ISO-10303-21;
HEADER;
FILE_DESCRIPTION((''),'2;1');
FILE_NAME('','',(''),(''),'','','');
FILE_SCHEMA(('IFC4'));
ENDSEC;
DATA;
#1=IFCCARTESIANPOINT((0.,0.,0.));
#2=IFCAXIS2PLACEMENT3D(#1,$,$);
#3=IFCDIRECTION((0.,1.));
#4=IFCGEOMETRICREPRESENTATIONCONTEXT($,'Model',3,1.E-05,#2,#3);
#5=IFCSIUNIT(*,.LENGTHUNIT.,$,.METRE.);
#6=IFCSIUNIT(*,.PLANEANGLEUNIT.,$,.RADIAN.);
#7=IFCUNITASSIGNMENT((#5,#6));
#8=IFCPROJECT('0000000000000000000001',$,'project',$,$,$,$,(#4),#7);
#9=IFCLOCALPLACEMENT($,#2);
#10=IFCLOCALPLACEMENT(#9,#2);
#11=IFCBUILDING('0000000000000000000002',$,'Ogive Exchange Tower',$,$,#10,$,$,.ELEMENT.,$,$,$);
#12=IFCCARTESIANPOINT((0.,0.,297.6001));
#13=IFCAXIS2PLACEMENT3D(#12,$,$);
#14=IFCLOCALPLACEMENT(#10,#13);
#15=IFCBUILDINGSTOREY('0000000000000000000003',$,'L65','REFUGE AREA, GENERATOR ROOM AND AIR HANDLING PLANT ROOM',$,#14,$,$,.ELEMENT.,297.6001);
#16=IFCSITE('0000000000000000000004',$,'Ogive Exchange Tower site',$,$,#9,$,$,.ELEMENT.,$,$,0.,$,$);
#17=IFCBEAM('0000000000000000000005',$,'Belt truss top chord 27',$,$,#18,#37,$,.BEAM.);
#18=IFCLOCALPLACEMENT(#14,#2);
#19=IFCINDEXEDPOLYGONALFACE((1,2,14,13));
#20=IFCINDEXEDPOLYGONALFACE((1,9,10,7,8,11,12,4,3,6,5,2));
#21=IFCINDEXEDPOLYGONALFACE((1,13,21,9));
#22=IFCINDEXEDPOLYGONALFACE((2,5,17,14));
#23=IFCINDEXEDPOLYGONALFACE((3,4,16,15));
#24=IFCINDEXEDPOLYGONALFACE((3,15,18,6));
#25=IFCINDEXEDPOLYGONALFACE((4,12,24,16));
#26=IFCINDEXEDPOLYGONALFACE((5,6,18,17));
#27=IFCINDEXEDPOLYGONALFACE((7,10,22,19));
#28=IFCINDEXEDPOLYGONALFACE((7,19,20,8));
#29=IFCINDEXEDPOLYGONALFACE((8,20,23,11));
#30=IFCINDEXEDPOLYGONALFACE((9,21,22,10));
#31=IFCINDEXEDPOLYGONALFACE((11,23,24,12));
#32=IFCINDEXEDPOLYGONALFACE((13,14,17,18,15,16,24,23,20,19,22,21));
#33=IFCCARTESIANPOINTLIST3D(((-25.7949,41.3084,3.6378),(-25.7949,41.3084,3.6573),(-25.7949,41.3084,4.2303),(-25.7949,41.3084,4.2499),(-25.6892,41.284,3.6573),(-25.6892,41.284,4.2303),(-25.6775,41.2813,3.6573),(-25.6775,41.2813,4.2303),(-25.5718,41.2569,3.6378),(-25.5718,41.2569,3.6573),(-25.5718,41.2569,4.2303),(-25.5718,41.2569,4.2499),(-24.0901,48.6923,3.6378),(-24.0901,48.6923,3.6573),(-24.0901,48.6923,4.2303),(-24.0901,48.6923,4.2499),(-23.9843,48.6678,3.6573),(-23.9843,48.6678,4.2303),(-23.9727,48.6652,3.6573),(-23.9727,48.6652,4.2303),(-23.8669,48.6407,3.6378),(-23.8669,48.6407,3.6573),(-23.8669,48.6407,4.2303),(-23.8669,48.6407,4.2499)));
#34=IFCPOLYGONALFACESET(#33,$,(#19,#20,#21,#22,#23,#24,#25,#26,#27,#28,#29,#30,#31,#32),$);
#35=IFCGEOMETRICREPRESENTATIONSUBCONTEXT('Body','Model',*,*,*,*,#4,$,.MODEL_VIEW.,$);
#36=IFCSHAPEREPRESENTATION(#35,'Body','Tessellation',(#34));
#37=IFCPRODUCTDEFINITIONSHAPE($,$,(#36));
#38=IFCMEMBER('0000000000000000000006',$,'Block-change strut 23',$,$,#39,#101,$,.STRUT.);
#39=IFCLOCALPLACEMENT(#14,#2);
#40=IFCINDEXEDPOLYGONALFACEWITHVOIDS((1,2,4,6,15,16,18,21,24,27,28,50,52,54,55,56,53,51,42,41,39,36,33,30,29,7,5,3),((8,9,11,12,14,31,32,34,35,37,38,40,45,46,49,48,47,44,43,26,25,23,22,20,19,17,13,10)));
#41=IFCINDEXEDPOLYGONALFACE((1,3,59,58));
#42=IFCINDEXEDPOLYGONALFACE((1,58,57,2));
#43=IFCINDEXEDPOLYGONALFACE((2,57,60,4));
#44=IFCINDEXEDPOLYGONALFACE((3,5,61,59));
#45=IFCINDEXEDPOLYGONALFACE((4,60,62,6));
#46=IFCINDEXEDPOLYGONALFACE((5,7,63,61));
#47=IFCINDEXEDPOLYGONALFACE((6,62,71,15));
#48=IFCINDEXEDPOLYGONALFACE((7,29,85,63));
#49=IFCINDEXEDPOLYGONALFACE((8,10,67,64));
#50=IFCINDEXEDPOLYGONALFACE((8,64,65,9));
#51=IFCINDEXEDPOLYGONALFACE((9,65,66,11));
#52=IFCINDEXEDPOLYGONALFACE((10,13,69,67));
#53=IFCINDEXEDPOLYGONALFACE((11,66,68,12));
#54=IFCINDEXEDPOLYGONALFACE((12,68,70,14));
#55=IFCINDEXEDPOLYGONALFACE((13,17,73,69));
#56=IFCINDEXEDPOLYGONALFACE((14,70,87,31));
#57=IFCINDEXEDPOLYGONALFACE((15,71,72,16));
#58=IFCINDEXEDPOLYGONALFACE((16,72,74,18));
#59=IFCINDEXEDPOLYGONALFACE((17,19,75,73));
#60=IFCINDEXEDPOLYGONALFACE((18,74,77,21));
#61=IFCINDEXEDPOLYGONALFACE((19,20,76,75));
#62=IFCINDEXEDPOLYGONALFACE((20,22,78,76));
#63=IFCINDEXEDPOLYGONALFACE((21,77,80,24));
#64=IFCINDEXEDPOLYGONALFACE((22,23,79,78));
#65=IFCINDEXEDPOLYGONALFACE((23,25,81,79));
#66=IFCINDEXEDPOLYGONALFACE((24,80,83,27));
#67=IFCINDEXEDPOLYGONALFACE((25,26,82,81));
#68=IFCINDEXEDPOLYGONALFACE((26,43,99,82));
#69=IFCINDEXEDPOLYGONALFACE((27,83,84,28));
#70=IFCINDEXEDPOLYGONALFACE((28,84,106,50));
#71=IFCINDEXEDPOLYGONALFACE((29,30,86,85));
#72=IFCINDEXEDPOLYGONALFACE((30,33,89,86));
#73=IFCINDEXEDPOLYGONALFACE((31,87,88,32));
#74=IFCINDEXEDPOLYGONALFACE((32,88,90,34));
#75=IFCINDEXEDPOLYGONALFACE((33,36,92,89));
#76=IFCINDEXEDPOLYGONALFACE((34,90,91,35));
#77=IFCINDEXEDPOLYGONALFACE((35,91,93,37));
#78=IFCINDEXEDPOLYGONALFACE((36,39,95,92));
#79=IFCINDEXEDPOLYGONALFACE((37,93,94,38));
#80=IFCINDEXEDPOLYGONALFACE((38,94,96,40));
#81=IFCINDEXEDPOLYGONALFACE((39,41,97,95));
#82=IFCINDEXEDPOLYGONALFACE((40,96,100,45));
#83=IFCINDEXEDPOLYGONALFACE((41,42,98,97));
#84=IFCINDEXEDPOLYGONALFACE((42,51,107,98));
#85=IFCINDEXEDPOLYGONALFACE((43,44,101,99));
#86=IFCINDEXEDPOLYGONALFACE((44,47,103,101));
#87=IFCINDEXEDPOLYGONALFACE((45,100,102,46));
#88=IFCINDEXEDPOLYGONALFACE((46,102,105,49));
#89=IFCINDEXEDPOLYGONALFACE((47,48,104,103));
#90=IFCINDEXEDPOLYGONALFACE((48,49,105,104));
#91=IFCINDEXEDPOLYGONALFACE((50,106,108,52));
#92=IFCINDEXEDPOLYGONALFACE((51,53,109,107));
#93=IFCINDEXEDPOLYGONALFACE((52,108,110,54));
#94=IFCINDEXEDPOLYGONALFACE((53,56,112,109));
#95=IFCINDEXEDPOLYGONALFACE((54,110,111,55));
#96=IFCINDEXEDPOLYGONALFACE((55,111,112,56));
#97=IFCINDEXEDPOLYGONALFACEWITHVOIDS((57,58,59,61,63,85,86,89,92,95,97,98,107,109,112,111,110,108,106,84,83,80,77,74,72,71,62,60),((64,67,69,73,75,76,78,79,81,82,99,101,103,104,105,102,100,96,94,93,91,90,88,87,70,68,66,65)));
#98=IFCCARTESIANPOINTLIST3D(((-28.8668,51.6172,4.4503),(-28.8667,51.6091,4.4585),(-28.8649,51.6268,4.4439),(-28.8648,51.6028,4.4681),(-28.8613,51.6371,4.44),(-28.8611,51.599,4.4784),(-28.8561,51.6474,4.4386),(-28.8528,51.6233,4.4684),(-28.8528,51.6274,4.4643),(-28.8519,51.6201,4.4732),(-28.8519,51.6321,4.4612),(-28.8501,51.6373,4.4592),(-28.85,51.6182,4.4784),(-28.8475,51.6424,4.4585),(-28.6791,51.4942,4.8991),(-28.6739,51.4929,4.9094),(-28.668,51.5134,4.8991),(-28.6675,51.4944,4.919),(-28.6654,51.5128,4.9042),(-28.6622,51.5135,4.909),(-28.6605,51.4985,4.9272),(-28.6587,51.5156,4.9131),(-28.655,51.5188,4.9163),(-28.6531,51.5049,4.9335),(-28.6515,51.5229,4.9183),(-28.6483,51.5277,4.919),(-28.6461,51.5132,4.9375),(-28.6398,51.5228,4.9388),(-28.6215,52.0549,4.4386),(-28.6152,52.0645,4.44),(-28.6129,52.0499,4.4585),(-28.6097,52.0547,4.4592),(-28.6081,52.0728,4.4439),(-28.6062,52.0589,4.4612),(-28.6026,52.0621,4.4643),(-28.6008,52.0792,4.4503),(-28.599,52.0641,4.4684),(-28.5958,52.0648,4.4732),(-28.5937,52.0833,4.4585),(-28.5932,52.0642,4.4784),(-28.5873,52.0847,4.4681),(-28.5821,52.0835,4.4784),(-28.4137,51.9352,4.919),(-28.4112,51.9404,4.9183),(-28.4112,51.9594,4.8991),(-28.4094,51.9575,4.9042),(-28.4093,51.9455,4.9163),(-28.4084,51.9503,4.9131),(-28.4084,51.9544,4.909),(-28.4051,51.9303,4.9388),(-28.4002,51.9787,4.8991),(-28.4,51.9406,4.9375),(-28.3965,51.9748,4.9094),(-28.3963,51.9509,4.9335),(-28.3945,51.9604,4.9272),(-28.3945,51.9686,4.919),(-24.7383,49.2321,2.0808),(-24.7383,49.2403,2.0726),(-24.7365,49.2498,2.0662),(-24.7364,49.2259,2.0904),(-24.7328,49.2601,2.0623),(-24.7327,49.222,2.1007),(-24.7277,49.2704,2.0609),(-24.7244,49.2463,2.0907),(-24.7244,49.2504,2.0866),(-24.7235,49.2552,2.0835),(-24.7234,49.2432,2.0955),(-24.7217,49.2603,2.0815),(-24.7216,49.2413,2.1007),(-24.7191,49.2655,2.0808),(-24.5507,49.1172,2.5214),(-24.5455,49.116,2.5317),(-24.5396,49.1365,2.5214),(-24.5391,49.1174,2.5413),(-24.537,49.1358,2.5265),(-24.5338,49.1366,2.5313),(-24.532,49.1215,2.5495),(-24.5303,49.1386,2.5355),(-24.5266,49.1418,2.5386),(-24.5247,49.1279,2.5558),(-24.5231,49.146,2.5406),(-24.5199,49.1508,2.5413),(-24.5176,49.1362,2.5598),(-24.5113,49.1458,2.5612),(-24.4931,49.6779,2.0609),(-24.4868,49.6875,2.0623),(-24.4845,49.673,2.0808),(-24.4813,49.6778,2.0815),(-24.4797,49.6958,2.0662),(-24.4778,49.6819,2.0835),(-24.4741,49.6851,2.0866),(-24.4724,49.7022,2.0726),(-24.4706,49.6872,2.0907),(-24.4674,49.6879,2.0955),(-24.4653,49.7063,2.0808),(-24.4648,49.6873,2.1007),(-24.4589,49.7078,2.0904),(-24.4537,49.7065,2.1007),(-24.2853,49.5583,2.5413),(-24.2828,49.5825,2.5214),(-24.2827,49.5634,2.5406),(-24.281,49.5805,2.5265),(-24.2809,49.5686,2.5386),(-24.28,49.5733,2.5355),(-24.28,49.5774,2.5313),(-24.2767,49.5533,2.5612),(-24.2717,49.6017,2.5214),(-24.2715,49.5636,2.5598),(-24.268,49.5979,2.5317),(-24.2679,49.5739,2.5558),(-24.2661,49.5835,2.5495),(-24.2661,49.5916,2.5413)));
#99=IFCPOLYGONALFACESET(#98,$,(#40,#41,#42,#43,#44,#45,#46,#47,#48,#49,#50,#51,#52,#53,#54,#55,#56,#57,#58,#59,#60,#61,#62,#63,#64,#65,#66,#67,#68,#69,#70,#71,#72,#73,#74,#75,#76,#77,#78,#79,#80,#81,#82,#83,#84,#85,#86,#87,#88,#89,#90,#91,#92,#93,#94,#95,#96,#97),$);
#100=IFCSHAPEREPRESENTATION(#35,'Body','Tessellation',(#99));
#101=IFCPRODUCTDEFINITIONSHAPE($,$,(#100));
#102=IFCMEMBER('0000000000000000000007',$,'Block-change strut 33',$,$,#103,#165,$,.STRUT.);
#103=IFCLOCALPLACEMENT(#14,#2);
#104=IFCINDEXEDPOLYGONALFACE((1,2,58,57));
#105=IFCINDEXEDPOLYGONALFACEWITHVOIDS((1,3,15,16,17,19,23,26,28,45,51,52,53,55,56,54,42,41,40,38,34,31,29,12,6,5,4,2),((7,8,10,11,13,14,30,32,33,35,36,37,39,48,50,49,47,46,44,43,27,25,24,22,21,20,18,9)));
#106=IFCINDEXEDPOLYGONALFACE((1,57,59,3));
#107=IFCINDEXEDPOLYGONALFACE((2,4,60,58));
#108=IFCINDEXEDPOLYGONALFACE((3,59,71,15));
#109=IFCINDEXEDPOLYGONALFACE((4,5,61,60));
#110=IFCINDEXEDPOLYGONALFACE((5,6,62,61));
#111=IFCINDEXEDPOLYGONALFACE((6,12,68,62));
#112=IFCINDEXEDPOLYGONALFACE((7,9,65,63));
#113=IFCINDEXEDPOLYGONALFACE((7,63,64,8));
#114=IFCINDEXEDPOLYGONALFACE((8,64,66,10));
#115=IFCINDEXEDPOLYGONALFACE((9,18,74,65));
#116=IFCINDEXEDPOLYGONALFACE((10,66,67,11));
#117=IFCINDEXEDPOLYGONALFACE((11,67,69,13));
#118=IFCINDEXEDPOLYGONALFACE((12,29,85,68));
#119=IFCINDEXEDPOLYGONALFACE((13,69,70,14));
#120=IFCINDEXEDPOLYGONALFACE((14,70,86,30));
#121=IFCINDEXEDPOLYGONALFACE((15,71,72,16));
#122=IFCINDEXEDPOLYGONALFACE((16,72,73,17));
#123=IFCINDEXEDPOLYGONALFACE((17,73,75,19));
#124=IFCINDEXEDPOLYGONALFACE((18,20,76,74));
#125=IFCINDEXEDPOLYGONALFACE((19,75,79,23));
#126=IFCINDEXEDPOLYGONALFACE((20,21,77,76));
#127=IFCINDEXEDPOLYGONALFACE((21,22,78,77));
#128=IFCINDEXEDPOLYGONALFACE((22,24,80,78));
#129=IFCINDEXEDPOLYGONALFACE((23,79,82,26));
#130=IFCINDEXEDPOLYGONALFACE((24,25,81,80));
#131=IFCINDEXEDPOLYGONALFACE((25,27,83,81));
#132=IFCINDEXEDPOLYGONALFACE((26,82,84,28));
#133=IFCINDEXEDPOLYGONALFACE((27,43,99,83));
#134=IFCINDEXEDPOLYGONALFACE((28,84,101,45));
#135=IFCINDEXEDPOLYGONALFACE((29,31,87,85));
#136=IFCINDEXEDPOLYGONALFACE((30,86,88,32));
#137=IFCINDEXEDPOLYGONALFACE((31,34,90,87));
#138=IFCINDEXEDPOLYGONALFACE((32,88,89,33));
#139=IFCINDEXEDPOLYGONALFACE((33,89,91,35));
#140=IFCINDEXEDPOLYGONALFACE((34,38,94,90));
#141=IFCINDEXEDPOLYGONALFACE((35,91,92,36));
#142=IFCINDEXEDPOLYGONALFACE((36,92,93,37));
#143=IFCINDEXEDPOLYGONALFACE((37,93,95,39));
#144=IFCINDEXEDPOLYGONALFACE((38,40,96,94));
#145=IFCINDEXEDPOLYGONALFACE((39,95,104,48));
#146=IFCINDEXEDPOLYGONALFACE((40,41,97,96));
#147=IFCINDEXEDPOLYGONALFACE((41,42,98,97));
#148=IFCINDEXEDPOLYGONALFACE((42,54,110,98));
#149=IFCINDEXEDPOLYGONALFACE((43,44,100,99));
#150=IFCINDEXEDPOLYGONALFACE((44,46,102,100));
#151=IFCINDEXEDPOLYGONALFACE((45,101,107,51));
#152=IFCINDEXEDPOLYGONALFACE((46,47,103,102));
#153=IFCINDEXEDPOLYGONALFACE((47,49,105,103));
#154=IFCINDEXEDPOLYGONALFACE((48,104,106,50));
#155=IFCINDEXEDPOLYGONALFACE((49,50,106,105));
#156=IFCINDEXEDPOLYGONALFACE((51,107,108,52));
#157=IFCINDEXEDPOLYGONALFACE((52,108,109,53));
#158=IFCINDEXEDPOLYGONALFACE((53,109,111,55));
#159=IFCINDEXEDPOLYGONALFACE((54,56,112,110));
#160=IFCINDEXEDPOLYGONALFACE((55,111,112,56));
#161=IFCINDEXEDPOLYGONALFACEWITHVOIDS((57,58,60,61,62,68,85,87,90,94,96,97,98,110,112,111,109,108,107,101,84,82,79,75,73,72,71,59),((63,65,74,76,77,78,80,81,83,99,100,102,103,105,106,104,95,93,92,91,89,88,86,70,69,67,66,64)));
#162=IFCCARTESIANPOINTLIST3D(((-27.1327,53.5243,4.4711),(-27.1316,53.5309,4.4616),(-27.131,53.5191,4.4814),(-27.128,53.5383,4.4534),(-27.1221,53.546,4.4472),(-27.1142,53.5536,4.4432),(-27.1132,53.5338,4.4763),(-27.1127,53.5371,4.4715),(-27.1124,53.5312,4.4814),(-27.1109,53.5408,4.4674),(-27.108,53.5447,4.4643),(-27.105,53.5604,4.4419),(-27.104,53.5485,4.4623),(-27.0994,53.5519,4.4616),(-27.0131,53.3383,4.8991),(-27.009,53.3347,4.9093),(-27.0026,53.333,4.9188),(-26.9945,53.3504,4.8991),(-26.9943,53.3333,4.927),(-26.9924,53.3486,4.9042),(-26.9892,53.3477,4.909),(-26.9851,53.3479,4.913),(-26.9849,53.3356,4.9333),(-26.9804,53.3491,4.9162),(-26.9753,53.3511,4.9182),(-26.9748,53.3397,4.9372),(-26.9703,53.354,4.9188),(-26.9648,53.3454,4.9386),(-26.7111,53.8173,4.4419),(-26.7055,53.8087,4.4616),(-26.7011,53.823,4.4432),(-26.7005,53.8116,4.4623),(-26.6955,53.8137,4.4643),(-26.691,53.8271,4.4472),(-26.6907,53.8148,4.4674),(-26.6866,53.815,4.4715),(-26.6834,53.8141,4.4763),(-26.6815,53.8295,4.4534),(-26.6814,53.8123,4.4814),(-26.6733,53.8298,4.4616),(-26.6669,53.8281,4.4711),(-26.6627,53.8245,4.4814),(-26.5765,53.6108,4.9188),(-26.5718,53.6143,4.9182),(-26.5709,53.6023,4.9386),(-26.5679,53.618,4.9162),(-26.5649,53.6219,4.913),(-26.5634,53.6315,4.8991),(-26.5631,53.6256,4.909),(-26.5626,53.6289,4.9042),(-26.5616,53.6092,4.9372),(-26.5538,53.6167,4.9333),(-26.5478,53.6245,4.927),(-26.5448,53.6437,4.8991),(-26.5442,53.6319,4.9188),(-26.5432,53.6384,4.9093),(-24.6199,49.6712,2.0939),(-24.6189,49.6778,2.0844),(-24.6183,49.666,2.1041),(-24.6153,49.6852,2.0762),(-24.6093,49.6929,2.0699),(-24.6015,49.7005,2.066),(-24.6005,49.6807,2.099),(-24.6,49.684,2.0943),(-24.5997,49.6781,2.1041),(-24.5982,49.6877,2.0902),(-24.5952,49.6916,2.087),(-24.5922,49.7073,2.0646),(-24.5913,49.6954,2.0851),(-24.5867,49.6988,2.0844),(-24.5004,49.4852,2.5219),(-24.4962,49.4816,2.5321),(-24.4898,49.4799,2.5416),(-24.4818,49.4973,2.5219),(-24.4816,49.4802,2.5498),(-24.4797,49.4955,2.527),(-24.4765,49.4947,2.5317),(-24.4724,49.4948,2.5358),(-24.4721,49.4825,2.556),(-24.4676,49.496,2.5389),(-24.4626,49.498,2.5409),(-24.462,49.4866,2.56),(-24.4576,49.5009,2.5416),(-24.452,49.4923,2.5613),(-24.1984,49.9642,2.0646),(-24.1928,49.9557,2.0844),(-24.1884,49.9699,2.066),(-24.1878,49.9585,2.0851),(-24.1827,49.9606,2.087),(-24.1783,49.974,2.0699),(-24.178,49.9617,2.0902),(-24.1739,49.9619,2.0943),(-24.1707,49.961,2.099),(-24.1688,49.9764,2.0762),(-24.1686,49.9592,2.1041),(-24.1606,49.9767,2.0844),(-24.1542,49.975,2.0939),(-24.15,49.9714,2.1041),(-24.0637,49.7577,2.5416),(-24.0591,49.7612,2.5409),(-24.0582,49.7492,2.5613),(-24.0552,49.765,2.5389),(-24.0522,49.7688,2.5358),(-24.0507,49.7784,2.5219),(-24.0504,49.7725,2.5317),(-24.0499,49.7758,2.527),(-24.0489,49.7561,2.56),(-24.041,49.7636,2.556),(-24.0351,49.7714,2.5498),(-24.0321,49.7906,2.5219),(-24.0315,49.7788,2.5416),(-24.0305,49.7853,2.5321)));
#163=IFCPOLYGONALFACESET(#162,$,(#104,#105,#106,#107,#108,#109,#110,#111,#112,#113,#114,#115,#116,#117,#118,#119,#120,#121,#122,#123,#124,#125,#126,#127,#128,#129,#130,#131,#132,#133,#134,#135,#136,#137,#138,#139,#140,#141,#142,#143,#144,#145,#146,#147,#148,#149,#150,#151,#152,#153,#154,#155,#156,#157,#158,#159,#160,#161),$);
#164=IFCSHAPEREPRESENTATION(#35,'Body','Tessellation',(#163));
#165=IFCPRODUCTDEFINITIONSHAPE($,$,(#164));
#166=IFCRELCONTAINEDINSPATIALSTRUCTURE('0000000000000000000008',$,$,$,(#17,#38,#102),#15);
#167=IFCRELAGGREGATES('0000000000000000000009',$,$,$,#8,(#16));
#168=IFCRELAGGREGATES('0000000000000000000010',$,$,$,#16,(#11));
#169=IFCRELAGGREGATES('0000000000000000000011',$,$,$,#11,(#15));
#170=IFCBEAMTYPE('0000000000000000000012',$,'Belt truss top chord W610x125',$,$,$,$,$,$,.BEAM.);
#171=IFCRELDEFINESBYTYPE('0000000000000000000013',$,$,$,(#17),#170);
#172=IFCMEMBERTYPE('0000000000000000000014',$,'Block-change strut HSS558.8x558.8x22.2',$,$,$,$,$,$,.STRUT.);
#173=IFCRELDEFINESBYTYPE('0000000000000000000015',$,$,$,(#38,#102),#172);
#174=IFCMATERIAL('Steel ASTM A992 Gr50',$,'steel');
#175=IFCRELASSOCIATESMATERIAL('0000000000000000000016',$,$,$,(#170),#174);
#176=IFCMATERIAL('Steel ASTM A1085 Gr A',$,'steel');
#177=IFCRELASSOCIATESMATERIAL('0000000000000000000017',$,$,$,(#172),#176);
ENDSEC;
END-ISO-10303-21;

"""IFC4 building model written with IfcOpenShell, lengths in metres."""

from ifc_helpers import new_model, si_unit, direction, frame, origin, origin_2d, place, context, subcontext, project, spatial, hollow_rectangle, i_section, extrude, material, material_profile, profile_set, type_object, element, save


model = new_model("IFC4")

# Units and contexts
model_context = context("Model", 3, precision=1e-05, world=origin(), true_north=direction((0.0, 1.0)))
body_context = subcontext(model_context, "Body", "Model", "MODEL_VIEW")
ifc_project = project(units=[si_unit("LENGTHUNIT", "METRE"), si_unit("PLANEANGLEUNIT", "RADIAN")], contexts=[model_context])

# Site, building, storey
site_placement = place(None, origin())
site = spatial("IfcSite", under=ifc_project, at=site_placement, Name="Ogive Exchange Tower site", CompositionType="ELEMENT", RefElevation=0.0)
building_placement = place(site_placement, origin())
building = spatial("IfcBuilding", under=site, at=building_placement, Name="Ogive Exchange Tower", CompositionType="ELEMENT")
storey_placement = place(building_placement, frame((0.0, 0.0, 297.6001)))
storey = spatial("IfcBuildingStorey", under=building, at=storey_placement, Name="L65", Description="REFUGE AREA, GENERATOR ROOM AND AIR HANDLING PLANT ROOM", CompositionType="ELEMENT", Elevation=297.6001)

# Shared definitions
ifc_material_1 = material(Name="Steel ASTM A992 Gr50", Category="steel")

# Shared definitions
ifc_material_2 = material(Name="Steel ASTM A1085 Gr A", Category="steel")

# Beam
ifc_material_profile_1 = material_profile(ifc_material_1, i_section(OverallWidth=0.229, OverallDepth=0.6121, WebThickness=0.012, FlangeThickness=0.0195, at=origin_2d()), Name="W610x125")
ifc_profile_set_1 = profile_set([ifc_material_profile_1], Name="Steel ASTM A992 Gr50")
beam_type_1 = type_object("IfcBeamType", Name="Belt truss top chord W610x125", PredefinedType="BEAM", material=ifc_profile_set_1)
beam_1_placement = place(storey_placement, frame((-23.9785, 48.6665, 3.9438), z_axis=(-0.22497, -0.974366, 0.0), x_axis=(0.974366, -0.22497, 0.0)))
element("IfcBeam", 1, at=beam_1_placement, inside=storey, type_object=beam_type_1, Name="Belt truss top chord 27", PredefinedType="BEAM", context=body_context, shape_type="SweptSolid", body=[
    extrude(i_section(OverallWidth=0.229, OverallDepth=0.6121, WebThickness=0.012, FlangeThickness=0.0195, at=origin_2d()), origin(), (0.0, 0.0, 1.0), 7.5781),
])

# Members
ifc_material_profile_2 = material_profile(ifc_material_2, hollow_rectangle(XDim=0.5591, YDim=0.5591, WallThickness=0.0222, InnerFilletRadius=0.0222, OuterFilletRadius=0.0444, at=origin_2d()), Name="HSS558.8x558.8x22.2")
ifc_profile_set_2 = profile_set([ifc_material_profile_2], Name="Steel ASTM A1085 Gr A")
member_type_1 = type_object("IfcMemberType", Name="Block-change strut HSS558.8x558.8x22.2", PredefinedType="STRUT", material=ifc_profile_set_2)
member_1_placement = place(storey_placement, frame((-24.5022, 49.4119, 2.311), z_axis=(-0.775406, 0.446443, 0.446581), x_axis=(-0.498962, -0.866624, 0.0)))
element("IfcMember", 2, at=member_1_placement, inside=storey, type_object=member_type_1, Name="Block-change strut 23", PredefinedType="STRUT", context=body_context, shape_type="SweptSolid", body=[
    extrude(hollow_rectangle(XDim=0.5591, YDim=0.5591, WallThickness=0.0222, InnerFilletRadius=0.0222, OuterFilletRadius=0.0444, at=origin_2d()), origin(), (0.0, 0.0, 1.0), 5.3242),
])
member_2_placement = place(storey_placement, frame((-24.3252, 49.7283, 2.313), z_axis=(-0.485274, 0.744131, 0.459106), x_axis=(-0.837625, -0.546245, 0.0)))
element("IfcMember", 3, at=member_2_placement, inside=storey, type_object=member_type_1, Name="Block-change strut 33", PredefinedType="STRUT", context=body_context, shape_type="SweptSolid", body=[
    extrude(hollow_rectangle(XDim=0.5591, YDim=0.5591, WallThickness=0.0222, InnerFilletRadius=0.0222, OuterFilletRadius=0.0444, at=origin_2d()), origin(), (0.0, 0.0, 1.0), 5.178),
])

save(model, "model.ifc")
